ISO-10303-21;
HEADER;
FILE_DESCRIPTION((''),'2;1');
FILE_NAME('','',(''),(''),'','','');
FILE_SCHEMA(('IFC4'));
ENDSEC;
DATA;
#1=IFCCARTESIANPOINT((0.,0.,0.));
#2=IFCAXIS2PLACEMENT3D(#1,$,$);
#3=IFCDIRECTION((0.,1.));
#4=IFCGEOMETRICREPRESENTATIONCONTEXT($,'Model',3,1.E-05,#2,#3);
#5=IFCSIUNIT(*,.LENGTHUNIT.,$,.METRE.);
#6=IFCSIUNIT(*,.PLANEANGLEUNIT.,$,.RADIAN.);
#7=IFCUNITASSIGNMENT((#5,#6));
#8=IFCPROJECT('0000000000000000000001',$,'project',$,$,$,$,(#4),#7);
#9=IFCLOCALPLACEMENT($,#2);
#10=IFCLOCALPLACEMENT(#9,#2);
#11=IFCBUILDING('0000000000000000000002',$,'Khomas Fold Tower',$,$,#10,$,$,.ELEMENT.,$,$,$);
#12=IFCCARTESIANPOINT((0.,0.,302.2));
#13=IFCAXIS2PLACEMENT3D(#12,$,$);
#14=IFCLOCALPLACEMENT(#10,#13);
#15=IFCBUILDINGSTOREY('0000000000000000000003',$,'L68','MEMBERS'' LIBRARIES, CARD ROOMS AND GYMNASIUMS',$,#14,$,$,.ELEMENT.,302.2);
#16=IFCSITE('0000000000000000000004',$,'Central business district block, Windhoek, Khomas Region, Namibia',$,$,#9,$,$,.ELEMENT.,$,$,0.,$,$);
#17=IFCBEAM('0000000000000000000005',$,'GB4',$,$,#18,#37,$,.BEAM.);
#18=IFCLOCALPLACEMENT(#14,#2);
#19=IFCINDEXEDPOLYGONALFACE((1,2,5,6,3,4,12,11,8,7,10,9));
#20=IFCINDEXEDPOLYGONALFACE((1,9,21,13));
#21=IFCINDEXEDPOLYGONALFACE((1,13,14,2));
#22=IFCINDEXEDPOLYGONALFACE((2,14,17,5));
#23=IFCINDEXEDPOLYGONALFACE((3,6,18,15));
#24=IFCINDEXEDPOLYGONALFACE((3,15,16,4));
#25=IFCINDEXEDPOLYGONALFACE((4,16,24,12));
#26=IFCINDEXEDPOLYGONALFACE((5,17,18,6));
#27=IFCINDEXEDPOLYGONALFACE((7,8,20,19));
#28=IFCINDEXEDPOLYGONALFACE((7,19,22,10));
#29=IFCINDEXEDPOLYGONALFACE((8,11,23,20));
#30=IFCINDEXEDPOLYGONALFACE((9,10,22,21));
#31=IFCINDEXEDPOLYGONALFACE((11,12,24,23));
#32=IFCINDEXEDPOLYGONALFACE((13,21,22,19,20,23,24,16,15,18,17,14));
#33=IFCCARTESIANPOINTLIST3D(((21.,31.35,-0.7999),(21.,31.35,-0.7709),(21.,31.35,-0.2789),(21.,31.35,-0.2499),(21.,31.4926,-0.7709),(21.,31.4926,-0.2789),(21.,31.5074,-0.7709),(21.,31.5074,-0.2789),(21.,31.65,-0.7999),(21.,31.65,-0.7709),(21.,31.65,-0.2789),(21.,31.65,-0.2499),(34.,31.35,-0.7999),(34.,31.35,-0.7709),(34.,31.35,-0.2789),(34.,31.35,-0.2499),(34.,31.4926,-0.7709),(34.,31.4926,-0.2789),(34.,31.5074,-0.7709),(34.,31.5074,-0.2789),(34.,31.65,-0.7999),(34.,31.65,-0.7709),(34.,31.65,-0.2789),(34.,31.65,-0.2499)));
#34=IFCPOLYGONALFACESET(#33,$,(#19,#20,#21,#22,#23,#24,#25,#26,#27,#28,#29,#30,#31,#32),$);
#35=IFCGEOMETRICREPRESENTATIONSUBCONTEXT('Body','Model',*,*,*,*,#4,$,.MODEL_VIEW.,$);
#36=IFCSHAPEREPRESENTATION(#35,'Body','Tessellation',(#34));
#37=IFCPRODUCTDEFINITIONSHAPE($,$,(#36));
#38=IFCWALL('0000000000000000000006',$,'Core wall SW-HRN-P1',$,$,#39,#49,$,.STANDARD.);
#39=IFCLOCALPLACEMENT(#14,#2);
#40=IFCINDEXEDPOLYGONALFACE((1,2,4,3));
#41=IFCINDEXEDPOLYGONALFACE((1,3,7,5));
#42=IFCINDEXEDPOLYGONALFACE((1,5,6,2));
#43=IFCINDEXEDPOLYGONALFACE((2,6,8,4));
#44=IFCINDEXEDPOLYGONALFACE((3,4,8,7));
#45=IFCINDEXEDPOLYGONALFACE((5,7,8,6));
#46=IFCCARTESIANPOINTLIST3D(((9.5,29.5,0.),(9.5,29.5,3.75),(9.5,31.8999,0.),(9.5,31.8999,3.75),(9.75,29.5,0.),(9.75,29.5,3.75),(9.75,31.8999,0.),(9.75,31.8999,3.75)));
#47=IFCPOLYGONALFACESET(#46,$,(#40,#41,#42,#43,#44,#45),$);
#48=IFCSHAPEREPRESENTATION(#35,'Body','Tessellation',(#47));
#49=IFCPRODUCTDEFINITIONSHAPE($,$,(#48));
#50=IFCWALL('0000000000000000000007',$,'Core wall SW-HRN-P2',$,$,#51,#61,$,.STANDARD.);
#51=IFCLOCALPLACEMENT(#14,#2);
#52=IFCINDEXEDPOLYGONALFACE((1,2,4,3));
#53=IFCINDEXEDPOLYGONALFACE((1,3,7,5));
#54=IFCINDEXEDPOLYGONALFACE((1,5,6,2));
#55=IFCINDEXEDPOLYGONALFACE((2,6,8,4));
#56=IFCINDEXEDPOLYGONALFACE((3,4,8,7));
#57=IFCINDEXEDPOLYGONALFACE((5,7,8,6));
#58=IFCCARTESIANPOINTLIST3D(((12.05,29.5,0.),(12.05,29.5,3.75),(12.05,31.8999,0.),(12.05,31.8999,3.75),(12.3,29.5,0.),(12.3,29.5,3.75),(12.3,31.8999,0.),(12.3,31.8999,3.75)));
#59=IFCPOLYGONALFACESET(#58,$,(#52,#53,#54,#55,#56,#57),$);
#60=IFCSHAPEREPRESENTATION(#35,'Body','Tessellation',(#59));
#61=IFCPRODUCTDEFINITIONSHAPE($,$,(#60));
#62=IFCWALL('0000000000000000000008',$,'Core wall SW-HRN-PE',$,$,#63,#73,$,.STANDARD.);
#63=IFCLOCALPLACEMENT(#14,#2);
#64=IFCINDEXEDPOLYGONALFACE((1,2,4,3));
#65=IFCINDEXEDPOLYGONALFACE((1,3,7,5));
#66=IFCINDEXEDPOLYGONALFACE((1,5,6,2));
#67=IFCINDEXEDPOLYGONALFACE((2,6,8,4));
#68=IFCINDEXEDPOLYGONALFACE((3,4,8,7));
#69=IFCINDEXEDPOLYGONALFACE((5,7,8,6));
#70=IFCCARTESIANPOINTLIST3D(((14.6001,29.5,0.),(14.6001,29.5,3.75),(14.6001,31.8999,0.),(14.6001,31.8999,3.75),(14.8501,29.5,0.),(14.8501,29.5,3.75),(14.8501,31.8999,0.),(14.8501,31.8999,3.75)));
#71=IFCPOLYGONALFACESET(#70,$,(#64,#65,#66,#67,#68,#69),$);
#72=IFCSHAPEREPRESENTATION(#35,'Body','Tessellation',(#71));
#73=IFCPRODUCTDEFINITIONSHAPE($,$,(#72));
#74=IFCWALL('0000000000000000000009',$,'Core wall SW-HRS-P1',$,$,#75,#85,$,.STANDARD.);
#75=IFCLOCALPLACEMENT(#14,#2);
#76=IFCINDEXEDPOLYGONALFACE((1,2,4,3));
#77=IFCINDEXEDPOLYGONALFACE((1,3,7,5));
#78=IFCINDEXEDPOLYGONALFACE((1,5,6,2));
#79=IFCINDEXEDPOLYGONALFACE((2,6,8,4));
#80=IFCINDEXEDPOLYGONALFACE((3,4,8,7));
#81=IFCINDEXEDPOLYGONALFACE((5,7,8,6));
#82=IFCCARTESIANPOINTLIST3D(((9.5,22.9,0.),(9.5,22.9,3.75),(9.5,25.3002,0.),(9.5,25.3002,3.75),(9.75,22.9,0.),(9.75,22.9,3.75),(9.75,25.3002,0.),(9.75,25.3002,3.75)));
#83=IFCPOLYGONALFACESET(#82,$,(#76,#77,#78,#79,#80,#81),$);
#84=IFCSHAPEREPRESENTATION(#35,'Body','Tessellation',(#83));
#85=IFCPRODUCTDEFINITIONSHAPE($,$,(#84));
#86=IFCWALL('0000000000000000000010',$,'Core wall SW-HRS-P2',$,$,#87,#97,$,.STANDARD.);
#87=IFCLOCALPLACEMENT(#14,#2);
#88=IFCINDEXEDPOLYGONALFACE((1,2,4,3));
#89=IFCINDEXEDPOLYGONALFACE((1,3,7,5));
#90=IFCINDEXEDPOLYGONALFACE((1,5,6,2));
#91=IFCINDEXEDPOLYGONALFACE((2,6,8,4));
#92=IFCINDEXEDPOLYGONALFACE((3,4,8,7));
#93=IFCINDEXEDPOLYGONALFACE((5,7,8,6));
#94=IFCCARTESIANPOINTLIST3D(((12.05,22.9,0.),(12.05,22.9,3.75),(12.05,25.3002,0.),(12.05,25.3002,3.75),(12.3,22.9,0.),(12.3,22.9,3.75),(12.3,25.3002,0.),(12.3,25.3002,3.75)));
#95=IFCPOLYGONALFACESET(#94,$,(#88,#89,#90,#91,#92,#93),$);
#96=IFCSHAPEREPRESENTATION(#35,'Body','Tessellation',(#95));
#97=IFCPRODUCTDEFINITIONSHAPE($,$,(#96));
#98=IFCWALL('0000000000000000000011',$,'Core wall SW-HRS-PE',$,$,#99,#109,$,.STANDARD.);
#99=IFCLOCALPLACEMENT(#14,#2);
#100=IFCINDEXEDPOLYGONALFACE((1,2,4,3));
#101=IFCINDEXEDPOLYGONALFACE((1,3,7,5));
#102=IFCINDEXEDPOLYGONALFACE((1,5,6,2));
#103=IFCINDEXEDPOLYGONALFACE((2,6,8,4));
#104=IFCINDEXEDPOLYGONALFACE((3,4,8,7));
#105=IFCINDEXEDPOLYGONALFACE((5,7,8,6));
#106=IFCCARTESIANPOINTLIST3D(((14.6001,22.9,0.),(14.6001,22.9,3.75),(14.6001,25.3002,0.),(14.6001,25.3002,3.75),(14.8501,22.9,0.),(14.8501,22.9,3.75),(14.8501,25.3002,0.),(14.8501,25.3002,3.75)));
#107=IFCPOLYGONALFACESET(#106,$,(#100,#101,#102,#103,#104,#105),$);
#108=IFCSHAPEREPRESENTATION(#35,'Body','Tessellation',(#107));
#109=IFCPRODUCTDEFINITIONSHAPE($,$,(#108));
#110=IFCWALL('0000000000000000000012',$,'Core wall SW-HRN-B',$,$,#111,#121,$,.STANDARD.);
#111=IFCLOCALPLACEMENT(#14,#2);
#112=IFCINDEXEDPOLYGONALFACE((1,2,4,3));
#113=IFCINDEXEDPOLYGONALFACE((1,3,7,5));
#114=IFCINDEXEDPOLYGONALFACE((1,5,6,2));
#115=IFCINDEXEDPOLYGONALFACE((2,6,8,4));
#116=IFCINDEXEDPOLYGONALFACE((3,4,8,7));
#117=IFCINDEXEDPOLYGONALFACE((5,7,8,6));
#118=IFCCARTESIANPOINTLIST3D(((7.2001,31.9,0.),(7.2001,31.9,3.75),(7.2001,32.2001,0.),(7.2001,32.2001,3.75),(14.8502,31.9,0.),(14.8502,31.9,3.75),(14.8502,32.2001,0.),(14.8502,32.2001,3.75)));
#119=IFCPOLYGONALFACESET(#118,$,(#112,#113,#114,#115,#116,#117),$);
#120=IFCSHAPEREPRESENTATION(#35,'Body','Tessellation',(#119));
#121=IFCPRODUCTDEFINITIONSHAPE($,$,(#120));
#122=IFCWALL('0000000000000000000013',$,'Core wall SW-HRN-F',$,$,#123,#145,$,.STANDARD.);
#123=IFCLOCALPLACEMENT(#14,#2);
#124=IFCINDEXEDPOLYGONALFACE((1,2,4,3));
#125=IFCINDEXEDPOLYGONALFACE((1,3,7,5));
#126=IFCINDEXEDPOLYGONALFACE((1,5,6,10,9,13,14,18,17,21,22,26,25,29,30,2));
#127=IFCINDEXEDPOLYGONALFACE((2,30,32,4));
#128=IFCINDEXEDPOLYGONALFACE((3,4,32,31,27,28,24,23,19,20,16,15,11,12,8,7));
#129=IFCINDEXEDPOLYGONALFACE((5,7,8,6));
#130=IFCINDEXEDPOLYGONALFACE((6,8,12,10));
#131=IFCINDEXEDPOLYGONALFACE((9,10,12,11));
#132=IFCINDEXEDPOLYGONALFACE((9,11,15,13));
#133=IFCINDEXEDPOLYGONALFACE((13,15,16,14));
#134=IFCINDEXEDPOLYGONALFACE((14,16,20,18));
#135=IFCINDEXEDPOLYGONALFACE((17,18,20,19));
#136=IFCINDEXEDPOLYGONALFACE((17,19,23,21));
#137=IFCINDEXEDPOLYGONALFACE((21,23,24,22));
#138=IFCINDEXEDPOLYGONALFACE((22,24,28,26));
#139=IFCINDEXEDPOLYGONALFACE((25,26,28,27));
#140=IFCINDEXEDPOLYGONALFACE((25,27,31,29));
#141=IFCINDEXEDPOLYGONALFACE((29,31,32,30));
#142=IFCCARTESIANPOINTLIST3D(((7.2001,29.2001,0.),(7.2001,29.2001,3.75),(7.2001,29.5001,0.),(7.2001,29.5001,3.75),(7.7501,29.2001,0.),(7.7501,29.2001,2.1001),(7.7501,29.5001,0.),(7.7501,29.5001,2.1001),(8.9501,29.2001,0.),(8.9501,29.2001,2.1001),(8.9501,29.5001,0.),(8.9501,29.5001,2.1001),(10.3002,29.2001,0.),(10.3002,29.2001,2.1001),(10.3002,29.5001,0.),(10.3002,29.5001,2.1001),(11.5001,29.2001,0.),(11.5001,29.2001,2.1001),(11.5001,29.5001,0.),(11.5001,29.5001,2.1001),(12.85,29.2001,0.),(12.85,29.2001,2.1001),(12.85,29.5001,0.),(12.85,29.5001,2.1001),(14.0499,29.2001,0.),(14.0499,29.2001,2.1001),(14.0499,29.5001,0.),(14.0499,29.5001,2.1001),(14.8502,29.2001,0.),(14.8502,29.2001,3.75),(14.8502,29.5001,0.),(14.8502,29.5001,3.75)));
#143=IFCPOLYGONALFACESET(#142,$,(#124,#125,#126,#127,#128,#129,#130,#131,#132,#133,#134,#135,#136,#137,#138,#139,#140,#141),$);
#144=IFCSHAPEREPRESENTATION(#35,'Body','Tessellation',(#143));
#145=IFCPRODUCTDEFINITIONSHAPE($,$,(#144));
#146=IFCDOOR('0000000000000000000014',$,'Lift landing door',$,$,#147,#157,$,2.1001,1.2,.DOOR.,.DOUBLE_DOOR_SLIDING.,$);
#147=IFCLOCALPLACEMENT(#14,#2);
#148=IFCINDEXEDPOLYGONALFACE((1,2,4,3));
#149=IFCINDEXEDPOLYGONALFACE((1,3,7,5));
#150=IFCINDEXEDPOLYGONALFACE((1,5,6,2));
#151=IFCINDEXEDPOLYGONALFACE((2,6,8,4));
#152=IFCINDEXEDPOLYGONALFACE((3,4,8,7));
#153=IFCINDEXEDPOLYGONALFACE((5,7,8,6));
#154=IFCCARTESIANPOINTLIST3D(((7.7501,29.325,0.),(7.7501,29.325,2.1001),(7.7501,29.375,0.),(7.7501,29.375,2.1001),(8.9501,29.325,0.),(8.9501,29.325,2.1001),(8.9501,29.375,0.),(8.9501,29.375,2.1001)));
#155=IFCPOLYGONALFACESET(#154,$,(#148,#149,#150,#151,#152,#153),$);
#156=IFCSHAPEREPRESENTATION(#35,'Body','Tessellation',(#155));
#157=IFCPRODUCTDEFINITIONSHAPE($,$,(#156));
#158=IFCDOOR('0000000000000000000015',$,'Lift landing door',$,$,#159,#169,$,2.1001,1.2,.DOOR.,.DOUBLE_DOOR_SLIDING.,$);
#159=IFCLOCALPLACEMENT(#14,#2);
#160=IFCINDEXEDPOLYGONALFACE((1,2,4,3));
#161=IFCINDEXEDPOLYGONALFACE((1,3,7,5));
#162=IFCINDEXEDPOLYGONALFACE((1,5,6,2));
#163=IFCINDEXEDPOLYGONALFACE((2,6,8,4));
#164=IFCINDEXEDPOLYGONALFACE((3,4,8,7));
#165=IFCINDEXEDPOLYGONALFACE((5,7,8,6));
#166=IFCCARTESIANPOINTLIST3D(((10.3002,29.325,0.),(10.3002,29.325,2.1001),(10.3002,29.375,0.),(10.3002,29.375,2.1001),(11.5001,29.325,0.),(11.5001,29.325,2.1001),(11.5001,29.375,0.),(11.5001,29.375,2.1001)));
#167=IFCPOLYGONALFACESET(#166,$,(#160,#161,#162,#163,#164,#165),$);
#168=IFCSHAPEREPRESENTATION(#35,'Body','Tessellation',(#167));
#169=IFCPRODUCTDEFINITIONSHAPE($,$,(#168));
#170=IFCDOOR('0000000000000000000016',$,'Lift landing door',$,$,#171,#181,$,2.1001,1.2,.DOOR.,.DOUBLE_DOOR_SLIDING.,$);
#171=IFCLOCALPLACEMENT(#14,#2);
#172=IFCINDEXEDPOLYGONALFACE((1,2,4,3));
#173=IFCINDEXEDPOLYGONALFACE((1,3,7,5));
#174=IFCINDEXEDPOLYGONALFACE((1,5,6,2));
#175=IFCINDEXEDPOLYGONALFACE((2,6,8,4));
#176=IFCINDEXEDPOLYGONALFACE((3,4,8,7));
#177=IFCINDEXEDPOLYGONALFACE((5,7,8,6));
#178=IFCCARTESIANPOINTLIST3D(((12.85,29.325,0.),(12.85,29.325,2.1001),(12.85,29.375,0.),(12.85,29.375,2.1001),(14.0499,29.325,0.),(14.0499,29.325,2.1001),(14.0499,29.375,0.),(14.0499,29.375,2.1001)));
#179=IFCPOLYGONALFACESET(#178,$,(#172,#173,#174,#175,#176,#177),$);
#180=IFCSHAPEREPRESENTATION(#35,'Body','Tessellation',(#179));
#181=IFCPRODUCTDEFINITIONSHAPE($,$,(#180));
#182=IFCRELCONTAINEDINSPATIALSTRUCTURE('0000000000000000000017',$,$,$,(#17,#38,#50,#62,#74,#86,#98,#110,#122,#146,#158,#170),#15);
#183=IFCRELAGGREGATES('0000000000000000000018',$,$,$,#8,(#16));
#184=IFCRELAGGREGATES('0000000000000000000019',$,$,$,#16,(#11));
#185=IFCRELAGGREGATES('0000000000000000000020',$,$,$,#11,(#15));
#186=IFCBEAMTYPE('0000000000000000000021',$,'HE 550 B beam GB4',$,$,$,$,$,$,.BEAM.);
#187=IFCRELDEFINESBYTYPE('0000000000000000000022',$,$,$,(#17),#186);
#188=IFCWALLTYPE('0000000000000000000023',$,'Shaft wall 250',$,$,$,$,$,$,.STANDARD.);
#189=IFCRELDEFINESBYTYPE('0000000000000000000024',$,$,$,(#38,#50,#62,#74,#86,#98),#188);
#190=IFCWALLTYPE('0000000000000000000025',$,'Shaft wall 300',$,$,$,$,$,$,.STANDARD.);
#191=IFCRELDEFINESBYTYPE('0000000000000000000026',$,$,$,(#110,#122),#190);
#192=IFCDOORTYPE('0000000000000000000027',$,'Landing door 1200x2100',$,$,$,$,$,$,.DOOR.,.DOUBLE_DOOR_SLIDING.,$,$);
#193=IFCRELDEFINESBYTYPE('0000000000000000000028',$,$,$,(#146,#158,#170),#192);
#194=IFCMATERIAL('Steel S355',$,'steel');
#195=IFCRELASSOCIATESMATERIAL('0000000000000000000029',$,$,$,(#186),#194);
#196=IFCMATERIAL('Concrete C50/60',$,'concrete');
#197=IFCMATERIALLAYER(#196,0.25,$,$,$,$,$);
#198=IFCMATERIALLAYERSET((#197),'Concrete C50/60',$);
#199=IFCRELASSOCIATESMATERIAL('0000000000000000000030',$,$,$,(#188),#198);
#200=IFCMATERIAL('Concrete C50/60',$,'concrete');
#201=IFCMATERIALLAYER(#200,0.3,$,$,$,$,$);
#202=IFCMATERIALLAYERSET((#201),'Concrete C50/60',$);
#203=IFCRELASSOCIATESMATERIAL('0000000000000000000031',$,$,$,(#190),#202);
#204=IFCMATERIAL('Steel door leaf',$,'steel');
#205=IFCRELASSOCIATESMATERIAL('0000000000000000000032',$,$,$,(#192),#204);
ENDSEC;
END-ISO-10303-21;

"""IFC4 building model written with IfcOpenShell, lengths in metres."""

from ifc_helpers import new_model, si_unit, direction, frame, frame_2d, origin, origin_2d, place, context, subcontext, project, spatial, rectangle, i_section, extrude, source, transform, mapped, material, layer, layer_set, material_profile, profile_set, type_object, element, fill, save


model = new_model("IFC4")

# Units and contexts
model_context = context("Model", 3, precision=1e-05, world=origin(), true_north=direction((0.0, 1.0)))
body_context = subcontext(model_context, "Body", "Model", "MODEL_VIEW")
ifc_project = project(units=[si_unit("LENGTHUNIT", "METRE"), si_unit("PLANEANGLEUNIT", "RADIAN")], contexts=[model_context])

# Site, building, storey
site_placement = place(None, origin())
site = spatial("IfcSite", under=ifc_project, at=site_placement, Name="Central business district block, Windhoek, Khomas Region, Namibia", CompositionType="ELEMENT", RefElevation=0.0)
building_placement = place(site_placement, origin())
building = spatial("IfcBuilding", under=site, at=building_placement, Name="Khomas Fold Tower", CompositionType="ELEMENT")
storey_placement = place(building_placement, frame((0.0, 0.0, 302.2)))
storey = spatial("IfcBuildingStorey", under=building, at=storey_placement, Name="L68", Description="MEMBERS' LIBRARIES, CARD ROOMS AND GYMNASIUMS", CompositionType="ELEMENT", Elevation=302.2)

# Beam
ifc_material_1 = material(Name="Steel S355", Category="steel")
ifc_material_profile = material_profile(ifc_material_1, i_section(OverallWidth=0.3, OverallDepth=0.55, WebThickness=0.0149, FlangeThickness=0.0291, at=origin_2d()), Name="HE 550 B")
ifc_profile_set = profile_set([ifc_material_profile], Name="Steel S355")
beam_type = type_object("IfcBeamType", Name="HE 550 B beam GB4", PredefinedType="BEAM", material=ifc_profile_set)
shared_shape_1 = source(origin(), body_context, "Body", "SweptSolid", [
    extrude(i_section(OverallWidth=0.3, OverallDepth=0.55, WebThickness=0.0149, FlangeThickness=0.0291, at=origin_2d()), origin(), (0.0, 0.0, 1.0), 13.0),
])
beam_placement = place(storey_placement, frame((21.0, 31.5, -0.5249), z_axis=(1.0, 0.0, 0.0), x_axis=(0.0, 1.0, 0.0)))
element("IfcBeam", 1, at=beam_placement, inside=storey, type_object=beam_type, Name="GB4", PredefinedType="BEAM", context=body_context, shape_type="MappedRepresentation", body=[
    mapped(shared_shape_1, transform((0.0, 0.0, 0.0))),
])

# Walls
ifc_material_2 = material(Name="Concrete C50/60", Category="concrete")
ifc_layer_1 = layer(ifc_material_2, 0.25)
ifc_layer_set_1 = layer_set([ifc_layer_1], Name="Concrete C50/60")
wall_type_1 = type_object("IfcWallType", Name="Shaft wall 250", PredefinedType="STANDARD", material=ifc_layer_set_1)
shared_shape_2 = source(origin(), body_context, "Body", "SweptSolid", [
    extrude(rectangle(XDim=2.3999, YDim=0.25, at=frame_2d((1.2, 0.0))), origin(), (0.0, 0.0, 1.0), 3.75),
])
for number, where, z_axis, x_axis, name in (
    (2, (9.625, 29.5, 0.0), (0.0, 0.0, 1.0), (0.0, 1.0, 0.0), "Core wall SW-HRN-P1"),
    (3, (12.175, 29.5, 0.0), (0.0, 0.0, 1.0), (0.0, 1.0, 0.0), "Core wall SW-HRN-P2"),
    (4, (14.7251, 29.5, 0.0), (0.0, 0.0, 1.0), (0.0, 1.0, 0.0), "Core wall SW-HRN-PE"),
):
    element("IfcWall", number, at=place(storey_placement, frame(where, z_axis=z_axis, x_axis=x_axis)), inside=storey, type_object=wall_type_1, Name=name, PredefinedType="STANDARD", context=body_context, shape_type="MappedRepresentation", body=[
        mapped(shared_shape_2, transform((0.0, 0.0, 0.0))),
    ])
shared_shape_3 = source(origin(), body_context, "Body", "SweptSolid", [
    extrude(rectangle(XDim=2.4001, YDim=0.25, at=frame_2d((1.2002, 0.0))), origin(), (0.0, 0.0, 1.0), 3.75),
])
for number, where, z_axis, x_axis, name in (
    (5, (9.625, 22.8999, 0.0), (0.0, 0.0, 1.0), (0.0, 1.0, 0.0), "Core wall SW-HRS-P1"),
    (6, (12.175, 22.8999, 0.0), (0.0, 0.0, 1.0), (0.0, 1.0, 0.0), "Core wall SW-HRS-P2"),
    (7, (14.7251, 22.8999, 0.0), (0.0, 0.0, 1.0), (0.0, 1.0, 0.0), "Core wall SW-HRS-PE"),
):
    element("IfcWall", number, at=place(storey_placement, frame(where, z_axis=z_axis, x_axis=x_axis)), inside=storey, type_object=wall_type_1, Name=name, PredefinedType="STANDARD", context=body_context, shape_type="MappedRepresentation", body=[
        mapped(shared_shape_3, transform((0.0, 0.0, 0.0))),
    ])
ifc_material_3 = material(Name="Concrete C50/60", Category="concrete")
ifc_layer_2 = layer(ifc_material_3, 0.3)
ifc_layer_set_2 = layer_set([ifc_layer_2], Name="Concrete C50/60")
wall_type_2 = type_object("IfcWallType", Name="Shaft wall 300", PredefinedType="STANDARD", material=ifc_layer_set_2)
shared_shape_4 = source(origin(), body_context, "Body", "SweptSolid", [
    extrude(rectangle(XDim=7.6501, YDim=0.3, at=frame_2d((3.8252, 0.0))), origin(), (0.0, 0.0, 1.0), 3.75),
])
wall_1_placement = place(storey_placement, frame((7.2, 32.05, 0.0), z_axis=(0.0, 0.0, 1.0), x_axis=(1.0, 0.0, 0.0)))
element("IfcWall", 8, at=wall_1_placement, inside=storey, type_object=wall_type_2, Name="Core wall SW-HRN-B", PredefinedType="STANDARD", context=body_context, shape_type="MappedRepresentation", body=[
    mapped(shared_shape_4, transform((0.0, 0.0, 0.0))),
])

# Wall, openings, doors
wall_2_placement = place(storey_placement, frame((7.2, 29.3501, 0.0), z_axis=(0.0, 0.0, 1.0), x_axis=(1.0, 0.0, 0.0)))
wall_2 = element("IfcWall", 9, at=wall_2_placement, inside=storey, type_object=wall_type_2, Name="Core wall SW-HRN-F", PredefinedType="STANDARD", context=body_context, shape_type="MappedRepresentation", body=[
    mapped(shared_shape_4, transform((0.0, 0.0, 0.0))),
])
shared_shape_5 = source(origin(), body_context, "Body", "SweptSolid", [
    extrude(rectangle(XDim=1.2, YDim=2.1001, at=frame_2d((0.6001, 1.05))), frame((0.0, 0.1599, 0.0), z_axis=(0.0, -1.0, 0.0), x_axis=(1.0, 0.0, 0.0)), (0.0, 0.0, 1.0), 0.3201),
])
opening_1_placement = place(wall_2_placement, frame((0.55, 0.0, 0.0)))
opening_1 = element("IfcOpeningElement", 10, at=opening_1_placement, cuts=wall_2, PredefinedType="OPENING", context=body_context, shape_type="MappedRepresentation", body=[
    mapped(shared_shape_5, transform((0.0, 0.0, 0.0))),
])
opening_2_placement = place(wall_2_placement, frame((3.1001, 0.0, 0.0)))
opening_2 = element("IfcOpeningElement", 11, at=opening_2_placement, cuts=wall_2, PredefinedType="OPENING", context=body_context, shape_type="MappedRepresentation", body=[
    mapped(shared_shape_5, transform((0.0, 0.0, 0.0))),
])
opening_3_placement = place(wall_2_placement, frame((5.6499, 0.0, 0.0)))
opening_3 = element("IfcOpeningElement", 12, at=opening_3_placement, cuts=wall_2, PredefinedType="OPENING", context=body_context, shape_type="MappedRepresentation", body=[
    mapped(shared_shape_5, transform((0.0, 0.0, 0.0))),
])
ifc_material_4 = material(Name="Steel door leaf", Category="steel")
door_type_1 = type_object("IfcDoorType", Name="Landing door 1200x2100", OperationType="DOUBLE_DOOR_SLIDING", PredefinedType="DOOR", material=ifc_material_4)
shared_shape_6 = source(origin(), body_context, "Body", "SweptSolid", [
    extrude(rectangle(XDim=1.2, YDim=2.1001, at=frame_2d((0.6001, 1.05))), frame((0.0, 0.0249, 0.0), z_axis=(0.0, -1.0, 0.0), x_axis=(1.0, 0.0, 0.0)), (0.0, 0.0, 1.0), 0.05),
])
door_1_placement = place(opening_1_placement, origin())
door_1 = element("IfcDoor", 13, at=door_1_placement, inside=storey, type_object=door_type_1, Name="Lift landing door", OperationType="DOUBLE_DOOR_SLIDING", OverallHeight=2.1001, OverallWidth=1.2, PredefinedType="DOOR", context=body_context, shape_type="MappedRepresentation", body=[
    mapped(shared_shape_6, transform((0.0, 0.0, 0.0))),
])
fill(opening_1, door_1)
door_2_placement = place(opening_2_placement, origin())
door_2 = element("IfcDoor", 14, at=door_2_placement, inside=storey, type_object=door_type_1, Name="Lift landing door", OperationType="DOUBLE_DOOR_SLIDING", OverallHeight=2.1001, OverallWidth=1.2, PredefinedType="DOOR", context=body_context, shape_type="MappedRepresentation", body=[
    mapped(shared_shape_6, transform((0.0, 0.0, 0.0))),
])
fill(opening_2, door_2)
door_3_placement = place(opening_3_placement, origin())
door_3 = element("IfcDoor", 15, at=door_3_placement, inside=storey, type_object=door_type_1, Name="Lift landing door", OperationType="DOUBLE_DOOR_SLIDING", OverallHeight=2.1001, OverallWidth=1.2, PredefinedType="DOOR", context=body_context, shape_type="MappedRepresentation", body=[
    mapped(shared_shape_6, transform((0.0, 0.0, 0.0))),
])
fill(opening_3, door_3)

save(model, "model.ifc")
